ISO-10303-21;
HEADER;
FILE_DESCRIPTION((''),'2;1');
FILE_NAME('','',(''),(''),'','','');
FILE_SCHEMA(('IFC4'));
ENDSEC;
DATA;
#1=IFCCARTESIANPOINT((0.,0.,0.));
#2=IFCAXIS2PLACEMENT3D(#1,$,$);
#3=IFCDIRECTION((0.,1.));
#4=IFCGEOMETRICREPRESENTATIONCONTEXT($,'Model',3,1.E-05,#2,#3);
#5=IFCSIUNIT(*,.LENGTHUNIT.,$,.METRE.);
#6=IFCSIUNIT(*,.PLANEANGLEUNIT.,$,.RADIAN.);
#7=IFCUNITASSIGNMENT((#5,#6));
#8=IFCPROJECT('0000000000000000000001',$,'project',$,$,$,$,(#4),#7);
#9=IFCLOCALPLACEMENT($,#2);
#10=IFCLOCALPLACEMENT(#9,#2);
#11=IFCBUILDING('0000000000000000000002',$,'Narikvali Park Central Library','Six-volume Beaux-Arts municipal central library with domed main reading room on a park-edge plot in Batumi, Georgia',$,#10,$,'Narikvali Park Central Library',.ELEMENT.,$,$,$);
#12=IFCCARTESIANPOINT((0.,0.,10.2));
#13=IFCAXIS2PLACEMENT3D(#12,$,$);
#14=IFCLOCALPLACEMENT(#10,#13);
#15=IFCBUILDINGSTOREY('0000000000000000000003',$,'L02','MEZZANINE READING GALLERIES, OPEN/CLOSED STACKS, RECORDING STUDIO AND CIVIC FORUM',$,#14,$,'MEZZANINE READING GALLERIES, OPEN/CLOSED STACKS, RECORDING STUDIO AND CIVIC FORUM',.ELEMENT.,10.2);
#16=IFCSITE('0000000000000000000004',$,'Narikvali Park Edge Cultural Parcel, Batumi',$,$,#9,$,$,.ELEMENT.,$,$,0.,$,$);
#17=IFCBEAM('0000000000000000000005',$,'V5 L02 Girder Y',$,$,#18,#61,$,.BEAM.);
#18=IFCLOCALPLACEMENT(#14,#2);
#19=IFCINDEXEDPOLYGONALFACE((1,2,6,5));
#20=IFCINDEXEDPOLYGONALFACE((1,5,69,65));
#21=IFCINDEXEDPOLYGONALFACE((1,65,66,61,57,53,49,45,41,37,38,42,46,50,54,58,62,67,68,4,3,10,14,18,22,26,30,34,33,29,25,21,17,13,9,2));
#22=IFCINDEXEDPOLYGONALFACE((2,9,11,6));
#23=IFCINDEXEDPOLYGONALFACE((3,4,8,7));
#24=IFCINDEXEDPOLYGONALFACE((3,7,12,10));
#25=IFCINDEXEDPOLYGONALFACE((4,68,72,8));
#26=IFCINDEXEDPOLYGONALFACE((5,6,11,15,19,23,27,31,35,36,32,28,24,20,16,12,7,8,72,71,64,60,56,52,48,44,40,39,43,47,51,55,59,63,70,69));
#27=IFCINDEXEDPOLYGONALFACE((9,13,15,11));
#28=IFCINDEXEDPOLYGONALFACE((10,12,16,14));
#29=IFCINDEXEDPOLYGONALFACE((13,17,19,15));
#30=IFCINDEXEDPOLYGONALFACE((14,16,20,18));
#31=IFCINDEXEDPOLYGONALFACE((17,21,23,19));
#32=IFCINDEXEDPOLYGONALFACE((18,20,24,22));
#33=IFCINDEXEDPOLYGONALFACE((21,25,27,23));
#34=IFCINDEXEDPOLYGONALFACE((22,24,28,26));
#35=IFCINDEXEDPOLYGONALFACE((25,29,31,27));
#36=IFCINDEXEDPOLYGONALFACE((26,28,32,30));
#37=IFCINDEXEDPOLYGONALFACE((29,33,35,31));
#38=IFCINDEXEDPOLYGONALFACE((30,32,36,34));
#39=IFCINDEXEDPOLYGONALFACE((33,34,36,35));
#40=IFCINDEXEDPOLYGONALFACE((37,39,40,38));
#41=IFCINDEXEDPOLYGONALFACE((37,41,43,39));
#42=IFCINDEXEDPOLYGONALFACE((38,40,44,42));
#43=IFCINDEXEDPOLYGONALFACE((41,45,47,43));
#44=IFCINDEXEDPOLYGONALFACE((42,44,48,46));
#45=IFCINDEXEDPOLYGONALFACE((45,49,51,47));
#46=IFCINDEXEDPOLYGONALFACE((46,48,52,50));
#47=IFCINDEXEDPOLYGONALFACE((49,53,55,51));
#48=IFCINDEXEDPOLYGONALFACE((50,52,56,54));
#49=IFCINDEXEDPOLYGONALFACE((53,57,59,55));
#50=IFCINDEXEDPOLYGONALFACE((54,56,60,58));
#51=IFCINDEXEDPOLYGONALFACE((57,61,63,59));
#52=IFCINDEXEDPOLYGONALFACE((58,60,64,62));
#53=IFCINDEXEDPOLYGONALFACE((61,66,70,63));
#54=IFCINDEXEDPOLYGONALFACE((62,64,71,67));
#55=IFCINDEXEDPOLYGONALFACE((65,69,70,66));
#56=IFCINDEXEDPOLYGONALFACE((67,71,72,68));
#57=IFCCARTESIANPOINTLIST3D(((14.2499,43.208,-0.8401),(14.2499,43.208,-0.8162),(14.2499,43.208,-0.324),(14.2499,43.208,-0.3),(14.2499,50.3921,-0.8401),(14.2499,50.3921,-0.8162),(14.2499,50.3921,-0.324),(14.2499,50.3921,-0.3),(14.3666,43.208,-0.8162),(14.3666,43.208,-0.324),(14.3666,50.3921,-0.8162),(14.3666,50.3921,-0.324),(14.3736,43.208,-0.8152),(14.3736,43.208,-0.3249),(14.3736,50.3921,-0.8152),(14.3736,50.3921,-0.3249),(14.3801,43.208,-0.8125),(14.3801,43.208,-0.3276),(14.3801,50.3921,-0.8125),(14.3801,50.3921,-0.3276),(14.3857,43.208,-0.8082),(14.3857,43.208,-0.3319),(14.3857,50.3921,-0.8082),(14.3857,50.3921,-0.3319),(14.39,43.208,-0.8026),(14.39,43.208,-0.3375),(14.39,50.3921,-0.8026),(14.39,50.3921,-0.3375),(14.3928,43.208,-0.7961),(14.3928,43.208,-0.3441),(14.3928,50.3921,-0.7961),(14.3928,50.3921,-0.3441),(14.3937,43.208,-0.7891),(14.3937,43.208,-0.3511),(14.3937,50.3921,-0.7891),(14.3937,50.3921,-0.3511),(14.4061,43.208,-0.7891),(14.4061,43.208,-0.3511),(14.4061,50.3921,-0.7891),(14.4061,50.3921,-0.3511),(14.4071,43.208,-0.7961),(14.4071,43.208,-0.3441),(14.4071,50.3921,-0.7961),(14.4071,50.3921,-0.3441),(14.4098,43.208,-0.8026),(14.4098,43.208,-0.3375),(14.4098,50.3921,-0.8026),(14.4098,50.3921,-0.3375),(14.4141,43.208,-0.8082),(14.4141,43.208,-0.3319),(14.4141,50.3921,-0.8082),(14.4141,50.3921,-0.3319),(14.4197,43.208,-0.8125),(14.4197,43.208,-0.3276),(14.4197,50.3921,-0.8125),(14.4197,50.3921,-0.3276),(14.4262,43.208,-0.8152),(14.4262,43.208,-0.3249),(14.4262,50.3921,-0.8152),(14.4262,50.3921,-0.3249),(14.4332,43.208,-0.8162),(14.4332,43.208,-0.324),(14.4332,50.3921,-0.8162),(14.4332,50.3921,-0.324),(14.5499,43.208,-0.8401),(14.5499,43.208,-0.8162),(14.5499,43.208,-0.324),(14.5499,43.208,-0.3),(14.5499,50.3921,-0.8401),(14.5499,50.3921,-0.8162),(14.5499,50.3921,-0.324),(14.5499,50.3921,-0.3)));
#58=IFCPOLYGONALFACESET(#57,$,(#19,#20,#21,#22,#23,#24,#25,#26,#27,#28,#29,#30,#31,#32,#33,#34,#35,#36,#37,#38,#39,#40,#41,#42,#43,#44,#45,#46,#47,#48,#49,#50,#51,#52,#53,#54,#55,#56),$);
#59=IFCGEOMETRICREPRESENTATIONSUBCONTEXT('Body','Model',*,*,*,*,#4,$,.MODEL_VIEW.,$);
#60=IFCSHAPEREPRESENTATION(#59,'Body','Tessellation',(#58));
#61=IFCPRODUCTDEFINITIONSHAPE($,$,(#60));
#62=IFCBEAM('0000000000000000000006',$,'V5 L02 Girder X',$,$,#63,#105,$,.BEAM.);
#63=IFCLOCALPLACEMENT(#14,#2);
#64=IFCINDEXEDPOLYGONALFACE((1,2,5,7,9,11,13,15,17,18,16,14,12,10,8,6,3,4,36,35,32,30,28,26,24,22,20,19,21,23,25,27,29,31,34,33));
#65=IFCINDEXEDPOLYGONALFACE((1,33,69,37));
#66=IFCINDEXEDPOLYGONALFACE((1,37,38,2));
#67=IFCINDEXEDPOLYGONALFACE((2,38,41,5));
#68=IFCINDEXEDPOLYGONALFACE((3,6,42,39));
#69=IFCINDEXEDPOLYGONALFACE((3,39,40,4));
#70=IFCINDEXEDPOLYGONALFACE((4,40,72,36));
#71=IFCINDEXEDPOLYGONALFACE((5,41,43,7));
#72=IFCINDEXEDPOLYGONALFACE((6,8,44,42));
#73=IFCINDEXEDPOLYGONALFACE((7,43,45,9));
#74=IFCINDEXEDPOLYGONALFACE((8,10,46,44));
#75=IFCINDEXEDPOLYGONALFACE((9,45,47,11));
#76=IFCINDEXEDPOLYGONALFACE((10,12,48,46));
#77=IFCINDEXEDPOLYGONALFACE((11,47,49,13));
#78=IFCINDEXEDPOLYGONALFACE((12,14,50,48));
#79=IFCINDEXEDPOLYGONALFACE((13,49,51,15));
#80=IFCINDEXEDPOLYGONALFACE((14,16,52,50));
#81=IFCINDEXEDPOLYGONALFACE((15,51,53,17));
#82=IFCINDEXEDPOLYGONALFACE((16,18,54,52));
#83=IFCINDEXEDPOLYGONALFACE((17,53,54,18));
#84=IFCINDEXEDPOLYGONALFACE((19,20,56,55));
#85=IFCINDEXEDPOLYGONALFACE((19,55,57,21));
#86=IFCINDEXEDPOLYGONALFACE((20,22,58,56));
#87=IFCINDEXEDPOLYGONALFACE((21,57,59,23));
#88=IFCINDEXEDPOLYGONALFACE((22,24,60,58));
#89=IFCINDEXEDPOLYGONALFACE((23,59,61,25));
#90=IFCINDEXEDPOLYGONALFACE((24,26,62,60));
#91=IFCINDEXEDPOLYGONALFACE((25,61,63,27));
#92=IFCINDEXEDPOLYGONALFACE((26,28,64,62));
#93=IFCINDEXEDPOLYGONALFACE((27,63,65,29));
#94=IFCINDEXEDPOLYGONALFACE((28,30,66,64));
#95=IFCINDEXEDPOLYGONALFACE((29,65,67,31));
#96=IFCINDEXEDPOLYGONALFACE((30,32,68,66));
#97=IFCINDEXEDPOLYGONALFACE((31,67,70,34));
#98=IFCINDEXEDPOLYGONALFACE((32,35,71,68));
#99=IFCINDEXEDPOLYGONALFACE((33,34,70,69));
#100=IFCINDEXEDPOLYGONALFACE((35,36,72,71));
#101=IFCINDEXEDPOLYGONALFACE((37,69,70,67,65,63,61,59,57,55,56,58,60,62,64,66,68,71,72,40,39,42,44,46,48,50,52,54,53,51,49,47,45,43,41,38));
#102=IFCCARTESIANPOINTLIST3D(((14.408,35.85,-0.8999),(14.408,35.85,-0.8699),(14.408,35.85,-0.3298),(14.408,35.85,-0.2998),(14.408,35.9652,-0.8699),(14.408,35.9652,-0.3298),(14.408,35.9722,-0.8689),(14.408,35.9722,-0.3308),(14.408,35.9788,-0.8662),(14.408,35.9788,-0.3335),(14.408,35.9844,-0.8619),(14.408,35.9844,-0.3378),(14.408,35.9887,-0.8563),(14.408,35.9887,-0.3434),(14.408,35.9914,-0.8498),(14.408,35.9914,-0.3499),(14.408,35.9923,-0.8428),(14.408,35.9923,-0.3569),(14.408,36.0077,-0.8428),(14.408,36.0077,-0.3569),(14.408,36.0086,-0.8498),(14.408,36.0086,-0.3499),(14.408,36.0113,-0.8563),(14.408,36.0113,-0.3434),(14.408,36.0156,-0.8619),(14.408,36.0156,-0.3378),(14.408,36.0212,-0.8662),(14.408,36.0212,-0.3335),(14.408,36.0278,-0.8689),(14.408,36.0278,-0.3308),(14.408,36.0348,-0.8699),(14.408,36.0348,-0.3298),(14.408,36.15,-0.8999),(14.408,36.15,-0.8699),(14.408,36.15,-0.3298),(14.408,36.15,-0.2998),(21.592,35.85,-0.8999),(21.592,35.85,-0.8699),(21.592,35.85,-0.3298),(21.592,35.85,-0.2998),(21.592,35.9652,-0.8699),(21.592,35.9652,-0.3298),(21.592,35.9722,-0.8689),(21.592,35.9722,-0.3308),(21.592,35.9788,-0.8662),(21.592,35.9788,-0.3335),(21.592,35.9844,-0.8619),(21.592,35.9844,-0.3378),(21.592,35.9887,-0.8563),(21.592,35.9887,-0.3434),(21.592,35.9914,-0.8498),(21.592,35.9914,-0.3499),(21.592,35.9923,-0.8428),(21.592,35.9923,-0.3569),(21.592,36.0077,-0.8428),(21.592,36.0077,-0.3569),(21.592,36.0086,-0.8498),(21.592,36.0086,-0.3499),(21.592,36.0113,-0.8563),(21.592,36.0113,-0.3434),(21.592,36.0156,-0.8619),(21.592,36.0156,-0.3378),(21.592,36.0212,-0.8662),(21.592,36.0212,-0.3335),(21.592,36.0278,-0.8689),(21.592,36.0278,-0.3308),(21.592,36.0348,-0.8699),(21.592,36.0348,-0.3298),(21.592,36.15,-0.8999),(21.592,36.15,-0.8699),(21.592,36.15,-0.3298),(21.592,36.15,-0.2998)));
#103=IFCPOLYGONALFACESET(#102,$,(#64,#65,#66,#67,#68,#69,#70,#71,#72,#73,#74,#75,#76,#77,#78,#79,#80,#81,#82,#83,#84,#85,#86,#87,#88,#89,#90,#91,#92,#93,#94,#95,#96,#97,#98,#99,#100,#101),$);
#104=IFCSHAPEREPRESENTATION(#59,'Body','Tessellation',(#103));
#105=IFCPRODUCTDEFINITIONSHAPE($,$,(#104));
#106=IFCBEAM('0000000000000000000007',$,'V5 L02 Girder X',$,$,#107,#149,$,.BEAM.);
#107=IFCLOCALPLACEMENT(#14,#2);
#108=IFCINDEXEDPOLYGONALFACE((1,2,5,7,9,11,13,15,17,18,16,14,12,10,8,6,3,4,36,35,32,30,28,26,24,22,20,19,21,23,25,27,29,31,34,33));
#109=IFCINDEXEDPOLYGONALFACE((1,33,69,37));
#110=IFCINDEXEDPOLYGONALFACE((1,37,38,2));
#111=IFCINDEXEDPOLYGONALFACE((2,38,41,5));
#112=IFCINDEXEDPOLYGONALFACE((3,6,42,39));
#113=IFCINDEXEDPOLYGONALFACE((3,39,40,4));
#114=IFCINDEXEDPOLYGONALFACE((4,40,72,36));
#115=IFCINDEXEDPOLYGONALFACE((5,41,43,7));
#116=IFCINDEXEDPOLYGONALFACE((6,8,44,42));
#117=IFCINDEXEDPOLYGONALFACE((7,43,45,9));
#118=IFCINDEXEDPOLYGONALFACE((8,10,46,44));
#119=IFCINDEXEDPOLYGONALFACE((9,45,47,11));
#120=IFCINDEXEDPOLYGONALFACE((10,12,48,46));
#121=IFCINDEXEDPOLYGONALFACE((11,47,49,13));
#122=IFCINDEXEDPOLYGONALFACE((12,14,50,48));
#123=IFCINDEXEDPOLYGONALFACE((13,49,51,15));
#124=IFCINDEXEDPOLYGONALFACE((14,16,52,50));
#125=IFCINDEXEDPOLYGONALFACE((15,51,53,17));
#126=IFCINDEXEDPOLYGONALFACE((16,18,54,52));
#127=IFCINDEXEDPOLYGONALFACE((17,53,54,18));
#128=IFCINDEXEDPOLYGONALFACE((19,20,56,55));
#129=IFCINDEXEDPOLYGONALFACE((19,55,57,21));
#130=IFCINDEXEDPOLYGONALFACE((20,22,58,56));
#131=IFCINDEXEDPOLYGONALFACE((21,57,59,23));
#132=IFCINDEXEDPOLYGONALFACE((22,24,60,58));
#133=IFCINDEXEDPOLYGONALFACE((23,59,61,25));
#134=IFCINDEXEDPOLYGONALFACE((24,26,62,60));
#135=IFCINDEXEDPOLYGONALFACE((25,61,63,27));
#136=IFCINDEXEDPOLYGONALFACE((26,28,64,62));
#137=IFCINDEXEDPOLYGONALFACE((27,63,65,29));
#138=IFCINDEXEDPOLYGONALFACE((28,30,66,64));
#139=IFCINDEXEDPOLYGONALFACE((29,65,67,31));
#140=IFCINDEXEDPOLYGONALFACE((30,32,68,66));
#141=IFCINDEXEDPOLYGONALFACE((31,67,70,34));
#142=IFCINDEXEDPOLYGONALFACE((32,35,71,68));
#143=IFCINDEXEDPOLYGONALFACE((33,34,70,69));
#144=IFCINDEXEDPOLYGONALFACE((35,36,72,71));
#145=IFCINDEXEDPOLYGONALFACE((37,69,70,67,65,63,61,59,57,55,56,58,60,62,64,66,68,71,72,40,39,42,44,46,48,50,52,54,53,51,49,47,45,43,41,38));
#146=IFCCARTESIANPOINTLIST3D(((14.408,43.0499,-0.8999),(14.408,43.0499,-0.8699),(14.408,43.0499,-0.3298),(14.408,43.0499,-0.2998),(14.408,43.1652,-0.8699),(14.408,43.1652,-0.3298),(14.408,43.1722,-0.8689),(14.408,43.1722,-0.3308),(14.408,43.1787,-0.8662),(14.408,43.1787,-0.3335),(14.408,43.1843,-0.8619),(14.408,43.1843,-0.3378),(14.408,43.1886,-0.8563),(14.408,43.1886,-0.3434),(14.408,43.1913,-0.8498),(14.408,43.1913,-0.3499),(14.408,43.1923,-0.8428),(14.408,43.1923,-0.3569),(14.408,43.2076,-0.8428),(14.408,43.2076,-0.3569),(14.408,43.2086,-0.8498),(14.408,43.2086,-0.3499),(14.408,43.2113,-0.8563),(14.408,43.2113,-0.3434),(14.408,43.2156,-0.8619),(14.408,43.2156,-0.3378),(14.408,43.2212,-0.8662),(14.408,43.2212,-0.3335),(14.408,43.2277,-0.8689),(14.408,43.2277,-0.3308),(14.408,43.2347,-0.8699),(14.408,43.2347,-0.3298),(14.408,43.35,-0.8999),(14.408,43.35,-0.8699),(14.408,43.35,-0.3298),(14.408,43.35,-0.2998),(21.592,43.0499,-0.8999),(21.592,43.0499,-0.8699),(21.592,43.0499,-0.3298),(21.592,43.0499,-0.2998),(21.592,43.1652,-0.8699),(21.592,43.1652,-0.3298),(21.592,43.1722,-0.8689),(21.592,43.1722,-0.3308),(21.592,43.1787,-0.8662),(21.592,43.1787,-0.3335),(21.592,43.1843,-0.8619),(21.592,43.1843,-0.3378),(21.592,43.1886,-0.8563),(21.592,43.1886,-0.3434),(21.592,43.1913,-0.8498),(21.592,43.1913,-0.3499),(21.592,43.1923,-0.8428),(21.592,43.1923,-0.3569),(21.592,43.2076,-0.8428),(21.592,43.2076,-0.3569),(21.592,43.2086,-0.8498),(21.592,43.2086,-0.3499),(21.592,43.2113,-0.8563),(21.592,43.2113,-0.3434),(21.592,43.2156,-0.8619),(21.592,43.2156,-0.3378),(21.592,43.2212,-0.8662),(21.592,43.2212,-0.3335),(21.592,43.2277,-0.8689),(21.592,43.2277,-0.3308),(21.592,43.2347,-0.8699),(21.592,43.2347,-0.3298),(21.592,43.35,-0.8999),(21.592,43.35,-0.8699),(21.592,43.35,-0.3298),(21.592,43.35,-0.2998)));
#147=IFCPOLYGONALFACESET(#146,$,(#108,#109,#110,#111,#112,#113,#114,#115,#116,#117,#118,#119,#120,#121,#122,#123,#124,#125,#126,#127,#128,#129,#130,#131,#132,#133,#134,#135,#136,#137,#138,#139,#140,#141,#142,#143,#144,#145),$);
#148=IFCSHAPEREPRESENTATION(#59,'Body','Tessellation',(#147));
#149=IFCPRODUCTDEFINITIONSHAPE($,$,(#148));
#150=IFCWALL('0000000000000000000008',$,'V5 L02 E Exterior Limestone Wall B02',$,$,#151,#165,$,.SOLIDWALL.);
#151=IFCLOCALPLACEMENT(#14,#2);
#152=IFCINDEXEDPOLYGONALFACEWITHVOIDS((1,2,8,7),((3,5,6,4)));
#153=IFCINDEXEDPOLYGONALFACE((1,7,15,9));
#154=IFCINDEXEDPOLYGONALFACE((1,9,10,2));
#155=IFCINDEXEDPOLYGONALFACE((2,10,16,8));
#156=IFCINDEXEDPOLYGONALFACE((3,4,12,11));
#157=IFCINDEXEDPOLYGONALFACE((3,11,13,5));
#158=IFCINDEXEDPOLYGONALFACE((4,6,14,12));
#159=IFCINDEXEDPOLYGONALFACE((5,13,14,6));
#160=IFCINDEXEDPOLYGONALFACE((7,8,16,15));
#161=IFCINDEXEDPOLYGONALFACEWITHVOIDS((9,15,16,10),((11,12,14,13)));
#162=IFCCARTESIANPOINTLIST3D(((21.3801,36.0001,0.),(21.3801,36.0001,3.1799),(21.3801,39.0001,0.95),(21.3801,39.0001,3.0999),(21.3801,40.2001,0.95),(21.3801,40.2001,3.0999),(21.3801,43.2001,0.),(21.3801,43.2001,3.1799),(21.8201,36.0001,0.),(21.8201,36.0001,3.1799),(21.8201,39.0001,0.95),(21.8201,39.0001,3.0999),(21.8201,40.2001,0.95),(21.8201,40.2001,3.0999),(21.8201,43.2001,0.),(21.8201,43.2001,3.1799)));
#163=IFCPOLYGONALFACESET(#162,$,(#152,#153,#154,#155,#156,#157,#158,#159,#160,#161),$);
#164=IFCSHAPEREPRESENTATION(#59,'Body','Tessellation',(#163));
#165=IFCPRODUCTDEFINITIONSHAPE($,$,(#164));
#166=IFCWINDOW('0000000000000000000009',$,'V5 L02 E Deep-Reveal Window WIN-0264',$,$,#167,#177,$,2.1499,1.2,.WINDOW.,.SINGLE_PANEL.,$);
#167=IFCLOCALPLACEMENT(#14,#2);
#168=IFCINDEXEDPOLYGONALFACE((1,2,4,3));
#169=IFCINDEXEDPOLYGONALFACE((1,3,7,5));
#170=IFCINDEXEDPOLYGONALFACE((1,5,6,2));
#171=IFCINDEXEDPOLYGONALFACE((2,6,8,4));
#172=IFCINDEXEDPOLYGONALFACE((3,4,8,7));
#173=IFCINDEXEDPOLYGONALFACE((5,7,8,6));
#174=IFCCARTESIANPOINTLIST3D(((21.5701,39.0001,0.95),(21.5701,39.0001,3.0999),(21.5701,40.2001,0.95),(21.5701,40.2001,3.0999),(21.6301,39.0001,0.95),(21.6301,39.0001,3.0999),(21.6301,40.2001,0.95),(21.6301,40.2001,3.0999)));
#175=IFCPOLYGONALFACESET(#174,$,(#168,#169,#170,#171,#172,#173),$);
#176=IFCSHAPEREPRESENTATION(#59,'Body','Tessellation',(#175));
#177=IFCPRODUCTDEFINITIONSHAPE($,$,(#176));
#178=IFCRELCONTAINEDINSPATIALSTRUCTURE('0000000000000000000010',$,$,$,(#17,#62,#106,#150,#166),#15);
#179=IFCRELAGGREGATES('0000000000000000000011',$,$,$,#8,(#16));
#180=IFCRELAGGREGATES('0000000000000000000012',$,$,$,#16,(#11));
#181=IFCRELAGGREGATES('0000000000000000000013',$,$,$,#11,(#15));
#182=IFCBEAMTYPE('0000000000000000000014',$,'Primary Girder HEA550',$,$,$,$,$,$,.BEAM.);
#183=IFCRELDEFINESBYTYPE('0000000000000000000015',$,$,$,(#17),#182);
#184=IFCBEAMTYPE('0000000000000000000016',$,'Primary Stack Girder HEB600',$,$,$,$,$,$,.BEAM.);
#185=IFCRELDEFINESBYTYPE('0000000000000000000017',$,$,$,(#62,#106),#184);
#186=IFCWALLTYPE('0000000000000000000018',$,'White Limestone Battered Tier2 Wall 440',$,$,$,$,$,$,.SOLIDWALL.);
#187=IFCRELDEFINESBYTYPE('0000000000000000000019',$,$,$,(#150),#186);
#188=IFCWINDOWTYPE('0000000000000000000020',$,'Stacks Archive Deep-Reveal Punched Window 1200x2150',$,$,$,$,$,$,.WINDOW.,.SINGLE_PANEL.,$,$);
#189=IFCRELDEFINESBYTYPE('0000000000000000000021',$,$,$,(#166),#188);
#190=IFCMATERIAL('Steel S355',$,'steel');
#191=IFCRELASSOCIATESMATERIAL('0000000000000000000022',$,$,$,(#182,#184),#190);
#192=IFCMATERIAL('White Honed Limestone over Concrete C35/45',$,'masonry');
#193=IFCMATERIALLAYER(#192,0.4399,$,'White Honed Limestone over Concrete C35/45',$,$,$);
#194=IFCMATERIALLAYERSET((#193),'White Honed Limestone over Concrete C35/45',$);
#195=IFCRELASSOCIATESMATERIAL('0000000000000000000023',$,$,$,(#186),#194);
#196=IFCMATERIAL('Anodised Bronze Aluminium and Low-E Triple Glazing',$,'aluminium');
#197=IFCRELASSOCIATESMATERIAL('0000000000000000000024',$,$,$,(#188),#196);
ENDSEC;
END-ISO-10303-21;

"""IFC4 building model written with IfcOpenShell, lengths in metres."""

from ifc_helpers import new_model, si_unit, direction, frame, frame_2d, origin, origin_2d, place, context, subcontext, project, spatial, rectangle, i_section, extrude, material, layer, layer_set, material_profile, profile_set, type_object, element, fill, save


model = new_model("IFC4")

# Units and contexts
model_context = context("Model", 3, precision=1e-05, world=origin(), true_north=direction((0.0, 1.0)))
body_context = subcontext(model_context, "Body", "Model", "MODEL_VIEW")
ifc_project = project(units=[si_unit("LENGTHUNIT", "METRE"), si_unit("PLANEANGLEUNIT", "RADIAN")], contexts=[model_context])

# Site, building, storey
site_placement = place(None, origin())
site = spatial("IfcSite", under=ifc_project, at=site_placement, Name="Narikvali Park Edge Cultural Parcel, Batumi", CompositionType="ELEMENT", RefElevation=0.0)
building_placement = place(site_placement, origin())
building = spatial("IfcBuilding", under=site, at=building_placement, Name="Narikvali Park Central Library", Description="Six-volume Beaux-Arts municipal central library with domed main reading room on a park-edge plot in Batumi, Georgia", LongName="Narikvali Park Central Library", CompositionType="ELEMENT")
storey_placement = place(building_placement, frame((0.0, 0.0, 10.2)))
storey = spatial("IfcBuildingStorey", under=building, at=storey_placement, Name="L02", Description="MEZZANINE READING GALLERIES, OPEN/CLOSED STACKS, RECORDING STUDIO AND CIVIC FORUM", LongName="MEZZANINE READING GALLERIES, OPEN/CLOSED STACKS, RECORDING STUDIO AND CIVIC FORUM", CompositionType="ELEMENT", Elevation=10.2)

# Shared definitions
ifc_material_1 = material(Name="Steel S355", Category="steel")

# Beams
ifc_material_profile_1 = material_profile(ifc_material_1, i_section(OverallWidth=0.3, OverallDepth=0.54, WebThickness=0.0125, FlangeThickness=0.0239, FilletRadius=0.0271, at=origin_2d()), Name="HEA 550")
ifc_profile_set_1 = profile_set([ifc_material_profile_1], Name="Steel S355")
beam_type_1 = type_object("IfcBeamType", Name="Primary Girder HEA550", PredefinedType="BEAM", material=ifc_profile_set_1)
beam_1_placement = place(storey_placement, frame((14.3999, 43.208, -0.5701), z_axis=(0.0, 1.0, 0.0), x_axis=(-1.0, 0.0, 0.0)))
element("IfcBeam", 1, at=beam_1_placement, inside=storey, type_object=beam_type_1, Name="V5 L02 Girder Y", PredefinedType="BEAM", context=body_context, shape_type="SweptSolid", body=[
    extrude(i_section(OverallWidth=0.3, OverallDepth=0.54, WebThickness=0.0125, FlangeThickness=0.0239, FilletRadius=0.0271, at=origin_2d()), origin(), (0.0, 0.0, 1.0), 7.1841),
])
ifc_material_profile_2 = material_profile(ifc_material_1, i_section(OverallWidth=0.3, OverallDepth=0.6001, WebThickness=0.0154, FlangeThickness=0.03, FilletRadius=0.0271, at=origin_2d()), Name="HEB 600")
ifc_profile_set_2 = profile_set([ifc_material_profile_2], Name="Steel S355")
beam_type_2 = type_object("IfcBeamType", Name="Primary Stack Girder HEB600", PredefinedType="BEAM", material=ifc_profile_set_2)
for number, where, z_axis, x_axis, name in (
    (2, (14.408, 36.0, -0.5999), (1.0, 0.0, 0.0), (0.0, 1.0, 0.0), "V5 L02 Girder X"),
    (3, (14.408, 43.2, -0.5999), (1.0, 0.0, 0.0), (0.0, 1.0, 0.0), "V5 L02 Girder X"),
):
    element("IfcBeam", number, at=place(storey_placement, frame(where, z_axis=z_axis, x_axis=x_axis)), inside=storey, type_object=beam_type_2, Name=name, PredefinedType="BEAM", context=body_context, shape_type="SweptSolid", body=[
        extrude(i_section(OverallWidth=0.3, OverallDepth=0.6001, WebThickness=0.0154, FlangeThickness=0.03, FilletRadius=0.0271, at=origin_2d()), origin(), (0.0, 0.0, 1.0), 7.1841),
    ])

# Wall, opening, window
ifc_material_2 = material(Name="White Honed Limestone over Concrete C35/45", Category="masonry")
ifc_layer_1 = layer(ifc_material_2, 0.4399, Name="White Honed Limestone over Concrete C35/45")
ifc_layer_set_1 = layer_set([ifc_layer_1], Name="White Honed Limestone over Concrete C35/45")
wall_type = type_object("IfcWallType", Name="White Limestone Battered Tier2 Wall 440", PredefinedType="SOLIDWALL", material=ifc_layer_set_1)
wall_1_placement = place(storey_placement, frame((21.6001, 36.0, 0.0), z_axis=(0.0, 0.0, 1.0), x_axis=(0.0, 1.0, 0.0)))
wall_1 = element("IfcWall", 4, at=wall_1_placement, inside=storey, type_object=wall_type, Name="V5 L02 E Exterior Limestone Wall B02", PredefinedType="SOLIDWALL", context=body_context, shape_type="SweptSolid", body=[
    extrude(rectangle(XDim=7.2, YDim=0.4399, at=frame_2d((3.6001, 0.0))), origin(), (0.0, 0.0, 1.0), 3.1799),
])
opening_1_placement = place(wall_1_placement, frame((3.0, 0.0, 0.95)))
opening_1 = element("IfcOpeningElement", 5, at=opening_1_placement, cuts=wall_1, PredefinedType="OPENING", context=body_context, shape_type="SweptSolid", body=[
    extrude(rectangle(XDim=1.2, YDim=2.1499, at=frame_2d((0.6001, 1.075))), frame((0.0, 0.2319, 0.0), z_axis=(0.0, -1.0, 0.0), x_axis=(1.0, 0.0, 0.0)), (0.0, 0.0, 1.0), 0.4639),
])
ifc_material_3 = material(Name="Anodised Bronze Aluminium and Low-E Triple Glazing", Category="aluminium")
window_type = type_object("IfcWindowType", Name="Stacks Archive Deep-Reveal Punched Window 1200x2150", PartitioningType="SINGLE_PANEL", PredefinedType="WINDOW", material=ifc_material_3)
window_1_placement = place(opening_1_placement, origin())
window_1 = element("IfcWindow", 6, at=window_1_placement, inside=storey, type_object=window_type, Name="V5 L02 E Deep-Reveal Window WIN-0264", OverallHeight=2.1499, OverallWidth=1.2, PartitioningType="SINGLE_PANEL", PredefinedType="WINDOW", context=body_context, shape_type="SweptSolid", body=[
    extrude(rectangle(XDim=1.2, YDim=2.1499, at=frame_2d((0.6001, 1.075))), frame((0.0, 0.03, 0.0), z_axis=(0.0, -1.0, 0.0), x_axis=(1.0, 0.0, 0.0)), (0.0, 0.0, 1.0), 0.0601),
])
fill(opening_1, window_1)

save(model, "model.ifc")
